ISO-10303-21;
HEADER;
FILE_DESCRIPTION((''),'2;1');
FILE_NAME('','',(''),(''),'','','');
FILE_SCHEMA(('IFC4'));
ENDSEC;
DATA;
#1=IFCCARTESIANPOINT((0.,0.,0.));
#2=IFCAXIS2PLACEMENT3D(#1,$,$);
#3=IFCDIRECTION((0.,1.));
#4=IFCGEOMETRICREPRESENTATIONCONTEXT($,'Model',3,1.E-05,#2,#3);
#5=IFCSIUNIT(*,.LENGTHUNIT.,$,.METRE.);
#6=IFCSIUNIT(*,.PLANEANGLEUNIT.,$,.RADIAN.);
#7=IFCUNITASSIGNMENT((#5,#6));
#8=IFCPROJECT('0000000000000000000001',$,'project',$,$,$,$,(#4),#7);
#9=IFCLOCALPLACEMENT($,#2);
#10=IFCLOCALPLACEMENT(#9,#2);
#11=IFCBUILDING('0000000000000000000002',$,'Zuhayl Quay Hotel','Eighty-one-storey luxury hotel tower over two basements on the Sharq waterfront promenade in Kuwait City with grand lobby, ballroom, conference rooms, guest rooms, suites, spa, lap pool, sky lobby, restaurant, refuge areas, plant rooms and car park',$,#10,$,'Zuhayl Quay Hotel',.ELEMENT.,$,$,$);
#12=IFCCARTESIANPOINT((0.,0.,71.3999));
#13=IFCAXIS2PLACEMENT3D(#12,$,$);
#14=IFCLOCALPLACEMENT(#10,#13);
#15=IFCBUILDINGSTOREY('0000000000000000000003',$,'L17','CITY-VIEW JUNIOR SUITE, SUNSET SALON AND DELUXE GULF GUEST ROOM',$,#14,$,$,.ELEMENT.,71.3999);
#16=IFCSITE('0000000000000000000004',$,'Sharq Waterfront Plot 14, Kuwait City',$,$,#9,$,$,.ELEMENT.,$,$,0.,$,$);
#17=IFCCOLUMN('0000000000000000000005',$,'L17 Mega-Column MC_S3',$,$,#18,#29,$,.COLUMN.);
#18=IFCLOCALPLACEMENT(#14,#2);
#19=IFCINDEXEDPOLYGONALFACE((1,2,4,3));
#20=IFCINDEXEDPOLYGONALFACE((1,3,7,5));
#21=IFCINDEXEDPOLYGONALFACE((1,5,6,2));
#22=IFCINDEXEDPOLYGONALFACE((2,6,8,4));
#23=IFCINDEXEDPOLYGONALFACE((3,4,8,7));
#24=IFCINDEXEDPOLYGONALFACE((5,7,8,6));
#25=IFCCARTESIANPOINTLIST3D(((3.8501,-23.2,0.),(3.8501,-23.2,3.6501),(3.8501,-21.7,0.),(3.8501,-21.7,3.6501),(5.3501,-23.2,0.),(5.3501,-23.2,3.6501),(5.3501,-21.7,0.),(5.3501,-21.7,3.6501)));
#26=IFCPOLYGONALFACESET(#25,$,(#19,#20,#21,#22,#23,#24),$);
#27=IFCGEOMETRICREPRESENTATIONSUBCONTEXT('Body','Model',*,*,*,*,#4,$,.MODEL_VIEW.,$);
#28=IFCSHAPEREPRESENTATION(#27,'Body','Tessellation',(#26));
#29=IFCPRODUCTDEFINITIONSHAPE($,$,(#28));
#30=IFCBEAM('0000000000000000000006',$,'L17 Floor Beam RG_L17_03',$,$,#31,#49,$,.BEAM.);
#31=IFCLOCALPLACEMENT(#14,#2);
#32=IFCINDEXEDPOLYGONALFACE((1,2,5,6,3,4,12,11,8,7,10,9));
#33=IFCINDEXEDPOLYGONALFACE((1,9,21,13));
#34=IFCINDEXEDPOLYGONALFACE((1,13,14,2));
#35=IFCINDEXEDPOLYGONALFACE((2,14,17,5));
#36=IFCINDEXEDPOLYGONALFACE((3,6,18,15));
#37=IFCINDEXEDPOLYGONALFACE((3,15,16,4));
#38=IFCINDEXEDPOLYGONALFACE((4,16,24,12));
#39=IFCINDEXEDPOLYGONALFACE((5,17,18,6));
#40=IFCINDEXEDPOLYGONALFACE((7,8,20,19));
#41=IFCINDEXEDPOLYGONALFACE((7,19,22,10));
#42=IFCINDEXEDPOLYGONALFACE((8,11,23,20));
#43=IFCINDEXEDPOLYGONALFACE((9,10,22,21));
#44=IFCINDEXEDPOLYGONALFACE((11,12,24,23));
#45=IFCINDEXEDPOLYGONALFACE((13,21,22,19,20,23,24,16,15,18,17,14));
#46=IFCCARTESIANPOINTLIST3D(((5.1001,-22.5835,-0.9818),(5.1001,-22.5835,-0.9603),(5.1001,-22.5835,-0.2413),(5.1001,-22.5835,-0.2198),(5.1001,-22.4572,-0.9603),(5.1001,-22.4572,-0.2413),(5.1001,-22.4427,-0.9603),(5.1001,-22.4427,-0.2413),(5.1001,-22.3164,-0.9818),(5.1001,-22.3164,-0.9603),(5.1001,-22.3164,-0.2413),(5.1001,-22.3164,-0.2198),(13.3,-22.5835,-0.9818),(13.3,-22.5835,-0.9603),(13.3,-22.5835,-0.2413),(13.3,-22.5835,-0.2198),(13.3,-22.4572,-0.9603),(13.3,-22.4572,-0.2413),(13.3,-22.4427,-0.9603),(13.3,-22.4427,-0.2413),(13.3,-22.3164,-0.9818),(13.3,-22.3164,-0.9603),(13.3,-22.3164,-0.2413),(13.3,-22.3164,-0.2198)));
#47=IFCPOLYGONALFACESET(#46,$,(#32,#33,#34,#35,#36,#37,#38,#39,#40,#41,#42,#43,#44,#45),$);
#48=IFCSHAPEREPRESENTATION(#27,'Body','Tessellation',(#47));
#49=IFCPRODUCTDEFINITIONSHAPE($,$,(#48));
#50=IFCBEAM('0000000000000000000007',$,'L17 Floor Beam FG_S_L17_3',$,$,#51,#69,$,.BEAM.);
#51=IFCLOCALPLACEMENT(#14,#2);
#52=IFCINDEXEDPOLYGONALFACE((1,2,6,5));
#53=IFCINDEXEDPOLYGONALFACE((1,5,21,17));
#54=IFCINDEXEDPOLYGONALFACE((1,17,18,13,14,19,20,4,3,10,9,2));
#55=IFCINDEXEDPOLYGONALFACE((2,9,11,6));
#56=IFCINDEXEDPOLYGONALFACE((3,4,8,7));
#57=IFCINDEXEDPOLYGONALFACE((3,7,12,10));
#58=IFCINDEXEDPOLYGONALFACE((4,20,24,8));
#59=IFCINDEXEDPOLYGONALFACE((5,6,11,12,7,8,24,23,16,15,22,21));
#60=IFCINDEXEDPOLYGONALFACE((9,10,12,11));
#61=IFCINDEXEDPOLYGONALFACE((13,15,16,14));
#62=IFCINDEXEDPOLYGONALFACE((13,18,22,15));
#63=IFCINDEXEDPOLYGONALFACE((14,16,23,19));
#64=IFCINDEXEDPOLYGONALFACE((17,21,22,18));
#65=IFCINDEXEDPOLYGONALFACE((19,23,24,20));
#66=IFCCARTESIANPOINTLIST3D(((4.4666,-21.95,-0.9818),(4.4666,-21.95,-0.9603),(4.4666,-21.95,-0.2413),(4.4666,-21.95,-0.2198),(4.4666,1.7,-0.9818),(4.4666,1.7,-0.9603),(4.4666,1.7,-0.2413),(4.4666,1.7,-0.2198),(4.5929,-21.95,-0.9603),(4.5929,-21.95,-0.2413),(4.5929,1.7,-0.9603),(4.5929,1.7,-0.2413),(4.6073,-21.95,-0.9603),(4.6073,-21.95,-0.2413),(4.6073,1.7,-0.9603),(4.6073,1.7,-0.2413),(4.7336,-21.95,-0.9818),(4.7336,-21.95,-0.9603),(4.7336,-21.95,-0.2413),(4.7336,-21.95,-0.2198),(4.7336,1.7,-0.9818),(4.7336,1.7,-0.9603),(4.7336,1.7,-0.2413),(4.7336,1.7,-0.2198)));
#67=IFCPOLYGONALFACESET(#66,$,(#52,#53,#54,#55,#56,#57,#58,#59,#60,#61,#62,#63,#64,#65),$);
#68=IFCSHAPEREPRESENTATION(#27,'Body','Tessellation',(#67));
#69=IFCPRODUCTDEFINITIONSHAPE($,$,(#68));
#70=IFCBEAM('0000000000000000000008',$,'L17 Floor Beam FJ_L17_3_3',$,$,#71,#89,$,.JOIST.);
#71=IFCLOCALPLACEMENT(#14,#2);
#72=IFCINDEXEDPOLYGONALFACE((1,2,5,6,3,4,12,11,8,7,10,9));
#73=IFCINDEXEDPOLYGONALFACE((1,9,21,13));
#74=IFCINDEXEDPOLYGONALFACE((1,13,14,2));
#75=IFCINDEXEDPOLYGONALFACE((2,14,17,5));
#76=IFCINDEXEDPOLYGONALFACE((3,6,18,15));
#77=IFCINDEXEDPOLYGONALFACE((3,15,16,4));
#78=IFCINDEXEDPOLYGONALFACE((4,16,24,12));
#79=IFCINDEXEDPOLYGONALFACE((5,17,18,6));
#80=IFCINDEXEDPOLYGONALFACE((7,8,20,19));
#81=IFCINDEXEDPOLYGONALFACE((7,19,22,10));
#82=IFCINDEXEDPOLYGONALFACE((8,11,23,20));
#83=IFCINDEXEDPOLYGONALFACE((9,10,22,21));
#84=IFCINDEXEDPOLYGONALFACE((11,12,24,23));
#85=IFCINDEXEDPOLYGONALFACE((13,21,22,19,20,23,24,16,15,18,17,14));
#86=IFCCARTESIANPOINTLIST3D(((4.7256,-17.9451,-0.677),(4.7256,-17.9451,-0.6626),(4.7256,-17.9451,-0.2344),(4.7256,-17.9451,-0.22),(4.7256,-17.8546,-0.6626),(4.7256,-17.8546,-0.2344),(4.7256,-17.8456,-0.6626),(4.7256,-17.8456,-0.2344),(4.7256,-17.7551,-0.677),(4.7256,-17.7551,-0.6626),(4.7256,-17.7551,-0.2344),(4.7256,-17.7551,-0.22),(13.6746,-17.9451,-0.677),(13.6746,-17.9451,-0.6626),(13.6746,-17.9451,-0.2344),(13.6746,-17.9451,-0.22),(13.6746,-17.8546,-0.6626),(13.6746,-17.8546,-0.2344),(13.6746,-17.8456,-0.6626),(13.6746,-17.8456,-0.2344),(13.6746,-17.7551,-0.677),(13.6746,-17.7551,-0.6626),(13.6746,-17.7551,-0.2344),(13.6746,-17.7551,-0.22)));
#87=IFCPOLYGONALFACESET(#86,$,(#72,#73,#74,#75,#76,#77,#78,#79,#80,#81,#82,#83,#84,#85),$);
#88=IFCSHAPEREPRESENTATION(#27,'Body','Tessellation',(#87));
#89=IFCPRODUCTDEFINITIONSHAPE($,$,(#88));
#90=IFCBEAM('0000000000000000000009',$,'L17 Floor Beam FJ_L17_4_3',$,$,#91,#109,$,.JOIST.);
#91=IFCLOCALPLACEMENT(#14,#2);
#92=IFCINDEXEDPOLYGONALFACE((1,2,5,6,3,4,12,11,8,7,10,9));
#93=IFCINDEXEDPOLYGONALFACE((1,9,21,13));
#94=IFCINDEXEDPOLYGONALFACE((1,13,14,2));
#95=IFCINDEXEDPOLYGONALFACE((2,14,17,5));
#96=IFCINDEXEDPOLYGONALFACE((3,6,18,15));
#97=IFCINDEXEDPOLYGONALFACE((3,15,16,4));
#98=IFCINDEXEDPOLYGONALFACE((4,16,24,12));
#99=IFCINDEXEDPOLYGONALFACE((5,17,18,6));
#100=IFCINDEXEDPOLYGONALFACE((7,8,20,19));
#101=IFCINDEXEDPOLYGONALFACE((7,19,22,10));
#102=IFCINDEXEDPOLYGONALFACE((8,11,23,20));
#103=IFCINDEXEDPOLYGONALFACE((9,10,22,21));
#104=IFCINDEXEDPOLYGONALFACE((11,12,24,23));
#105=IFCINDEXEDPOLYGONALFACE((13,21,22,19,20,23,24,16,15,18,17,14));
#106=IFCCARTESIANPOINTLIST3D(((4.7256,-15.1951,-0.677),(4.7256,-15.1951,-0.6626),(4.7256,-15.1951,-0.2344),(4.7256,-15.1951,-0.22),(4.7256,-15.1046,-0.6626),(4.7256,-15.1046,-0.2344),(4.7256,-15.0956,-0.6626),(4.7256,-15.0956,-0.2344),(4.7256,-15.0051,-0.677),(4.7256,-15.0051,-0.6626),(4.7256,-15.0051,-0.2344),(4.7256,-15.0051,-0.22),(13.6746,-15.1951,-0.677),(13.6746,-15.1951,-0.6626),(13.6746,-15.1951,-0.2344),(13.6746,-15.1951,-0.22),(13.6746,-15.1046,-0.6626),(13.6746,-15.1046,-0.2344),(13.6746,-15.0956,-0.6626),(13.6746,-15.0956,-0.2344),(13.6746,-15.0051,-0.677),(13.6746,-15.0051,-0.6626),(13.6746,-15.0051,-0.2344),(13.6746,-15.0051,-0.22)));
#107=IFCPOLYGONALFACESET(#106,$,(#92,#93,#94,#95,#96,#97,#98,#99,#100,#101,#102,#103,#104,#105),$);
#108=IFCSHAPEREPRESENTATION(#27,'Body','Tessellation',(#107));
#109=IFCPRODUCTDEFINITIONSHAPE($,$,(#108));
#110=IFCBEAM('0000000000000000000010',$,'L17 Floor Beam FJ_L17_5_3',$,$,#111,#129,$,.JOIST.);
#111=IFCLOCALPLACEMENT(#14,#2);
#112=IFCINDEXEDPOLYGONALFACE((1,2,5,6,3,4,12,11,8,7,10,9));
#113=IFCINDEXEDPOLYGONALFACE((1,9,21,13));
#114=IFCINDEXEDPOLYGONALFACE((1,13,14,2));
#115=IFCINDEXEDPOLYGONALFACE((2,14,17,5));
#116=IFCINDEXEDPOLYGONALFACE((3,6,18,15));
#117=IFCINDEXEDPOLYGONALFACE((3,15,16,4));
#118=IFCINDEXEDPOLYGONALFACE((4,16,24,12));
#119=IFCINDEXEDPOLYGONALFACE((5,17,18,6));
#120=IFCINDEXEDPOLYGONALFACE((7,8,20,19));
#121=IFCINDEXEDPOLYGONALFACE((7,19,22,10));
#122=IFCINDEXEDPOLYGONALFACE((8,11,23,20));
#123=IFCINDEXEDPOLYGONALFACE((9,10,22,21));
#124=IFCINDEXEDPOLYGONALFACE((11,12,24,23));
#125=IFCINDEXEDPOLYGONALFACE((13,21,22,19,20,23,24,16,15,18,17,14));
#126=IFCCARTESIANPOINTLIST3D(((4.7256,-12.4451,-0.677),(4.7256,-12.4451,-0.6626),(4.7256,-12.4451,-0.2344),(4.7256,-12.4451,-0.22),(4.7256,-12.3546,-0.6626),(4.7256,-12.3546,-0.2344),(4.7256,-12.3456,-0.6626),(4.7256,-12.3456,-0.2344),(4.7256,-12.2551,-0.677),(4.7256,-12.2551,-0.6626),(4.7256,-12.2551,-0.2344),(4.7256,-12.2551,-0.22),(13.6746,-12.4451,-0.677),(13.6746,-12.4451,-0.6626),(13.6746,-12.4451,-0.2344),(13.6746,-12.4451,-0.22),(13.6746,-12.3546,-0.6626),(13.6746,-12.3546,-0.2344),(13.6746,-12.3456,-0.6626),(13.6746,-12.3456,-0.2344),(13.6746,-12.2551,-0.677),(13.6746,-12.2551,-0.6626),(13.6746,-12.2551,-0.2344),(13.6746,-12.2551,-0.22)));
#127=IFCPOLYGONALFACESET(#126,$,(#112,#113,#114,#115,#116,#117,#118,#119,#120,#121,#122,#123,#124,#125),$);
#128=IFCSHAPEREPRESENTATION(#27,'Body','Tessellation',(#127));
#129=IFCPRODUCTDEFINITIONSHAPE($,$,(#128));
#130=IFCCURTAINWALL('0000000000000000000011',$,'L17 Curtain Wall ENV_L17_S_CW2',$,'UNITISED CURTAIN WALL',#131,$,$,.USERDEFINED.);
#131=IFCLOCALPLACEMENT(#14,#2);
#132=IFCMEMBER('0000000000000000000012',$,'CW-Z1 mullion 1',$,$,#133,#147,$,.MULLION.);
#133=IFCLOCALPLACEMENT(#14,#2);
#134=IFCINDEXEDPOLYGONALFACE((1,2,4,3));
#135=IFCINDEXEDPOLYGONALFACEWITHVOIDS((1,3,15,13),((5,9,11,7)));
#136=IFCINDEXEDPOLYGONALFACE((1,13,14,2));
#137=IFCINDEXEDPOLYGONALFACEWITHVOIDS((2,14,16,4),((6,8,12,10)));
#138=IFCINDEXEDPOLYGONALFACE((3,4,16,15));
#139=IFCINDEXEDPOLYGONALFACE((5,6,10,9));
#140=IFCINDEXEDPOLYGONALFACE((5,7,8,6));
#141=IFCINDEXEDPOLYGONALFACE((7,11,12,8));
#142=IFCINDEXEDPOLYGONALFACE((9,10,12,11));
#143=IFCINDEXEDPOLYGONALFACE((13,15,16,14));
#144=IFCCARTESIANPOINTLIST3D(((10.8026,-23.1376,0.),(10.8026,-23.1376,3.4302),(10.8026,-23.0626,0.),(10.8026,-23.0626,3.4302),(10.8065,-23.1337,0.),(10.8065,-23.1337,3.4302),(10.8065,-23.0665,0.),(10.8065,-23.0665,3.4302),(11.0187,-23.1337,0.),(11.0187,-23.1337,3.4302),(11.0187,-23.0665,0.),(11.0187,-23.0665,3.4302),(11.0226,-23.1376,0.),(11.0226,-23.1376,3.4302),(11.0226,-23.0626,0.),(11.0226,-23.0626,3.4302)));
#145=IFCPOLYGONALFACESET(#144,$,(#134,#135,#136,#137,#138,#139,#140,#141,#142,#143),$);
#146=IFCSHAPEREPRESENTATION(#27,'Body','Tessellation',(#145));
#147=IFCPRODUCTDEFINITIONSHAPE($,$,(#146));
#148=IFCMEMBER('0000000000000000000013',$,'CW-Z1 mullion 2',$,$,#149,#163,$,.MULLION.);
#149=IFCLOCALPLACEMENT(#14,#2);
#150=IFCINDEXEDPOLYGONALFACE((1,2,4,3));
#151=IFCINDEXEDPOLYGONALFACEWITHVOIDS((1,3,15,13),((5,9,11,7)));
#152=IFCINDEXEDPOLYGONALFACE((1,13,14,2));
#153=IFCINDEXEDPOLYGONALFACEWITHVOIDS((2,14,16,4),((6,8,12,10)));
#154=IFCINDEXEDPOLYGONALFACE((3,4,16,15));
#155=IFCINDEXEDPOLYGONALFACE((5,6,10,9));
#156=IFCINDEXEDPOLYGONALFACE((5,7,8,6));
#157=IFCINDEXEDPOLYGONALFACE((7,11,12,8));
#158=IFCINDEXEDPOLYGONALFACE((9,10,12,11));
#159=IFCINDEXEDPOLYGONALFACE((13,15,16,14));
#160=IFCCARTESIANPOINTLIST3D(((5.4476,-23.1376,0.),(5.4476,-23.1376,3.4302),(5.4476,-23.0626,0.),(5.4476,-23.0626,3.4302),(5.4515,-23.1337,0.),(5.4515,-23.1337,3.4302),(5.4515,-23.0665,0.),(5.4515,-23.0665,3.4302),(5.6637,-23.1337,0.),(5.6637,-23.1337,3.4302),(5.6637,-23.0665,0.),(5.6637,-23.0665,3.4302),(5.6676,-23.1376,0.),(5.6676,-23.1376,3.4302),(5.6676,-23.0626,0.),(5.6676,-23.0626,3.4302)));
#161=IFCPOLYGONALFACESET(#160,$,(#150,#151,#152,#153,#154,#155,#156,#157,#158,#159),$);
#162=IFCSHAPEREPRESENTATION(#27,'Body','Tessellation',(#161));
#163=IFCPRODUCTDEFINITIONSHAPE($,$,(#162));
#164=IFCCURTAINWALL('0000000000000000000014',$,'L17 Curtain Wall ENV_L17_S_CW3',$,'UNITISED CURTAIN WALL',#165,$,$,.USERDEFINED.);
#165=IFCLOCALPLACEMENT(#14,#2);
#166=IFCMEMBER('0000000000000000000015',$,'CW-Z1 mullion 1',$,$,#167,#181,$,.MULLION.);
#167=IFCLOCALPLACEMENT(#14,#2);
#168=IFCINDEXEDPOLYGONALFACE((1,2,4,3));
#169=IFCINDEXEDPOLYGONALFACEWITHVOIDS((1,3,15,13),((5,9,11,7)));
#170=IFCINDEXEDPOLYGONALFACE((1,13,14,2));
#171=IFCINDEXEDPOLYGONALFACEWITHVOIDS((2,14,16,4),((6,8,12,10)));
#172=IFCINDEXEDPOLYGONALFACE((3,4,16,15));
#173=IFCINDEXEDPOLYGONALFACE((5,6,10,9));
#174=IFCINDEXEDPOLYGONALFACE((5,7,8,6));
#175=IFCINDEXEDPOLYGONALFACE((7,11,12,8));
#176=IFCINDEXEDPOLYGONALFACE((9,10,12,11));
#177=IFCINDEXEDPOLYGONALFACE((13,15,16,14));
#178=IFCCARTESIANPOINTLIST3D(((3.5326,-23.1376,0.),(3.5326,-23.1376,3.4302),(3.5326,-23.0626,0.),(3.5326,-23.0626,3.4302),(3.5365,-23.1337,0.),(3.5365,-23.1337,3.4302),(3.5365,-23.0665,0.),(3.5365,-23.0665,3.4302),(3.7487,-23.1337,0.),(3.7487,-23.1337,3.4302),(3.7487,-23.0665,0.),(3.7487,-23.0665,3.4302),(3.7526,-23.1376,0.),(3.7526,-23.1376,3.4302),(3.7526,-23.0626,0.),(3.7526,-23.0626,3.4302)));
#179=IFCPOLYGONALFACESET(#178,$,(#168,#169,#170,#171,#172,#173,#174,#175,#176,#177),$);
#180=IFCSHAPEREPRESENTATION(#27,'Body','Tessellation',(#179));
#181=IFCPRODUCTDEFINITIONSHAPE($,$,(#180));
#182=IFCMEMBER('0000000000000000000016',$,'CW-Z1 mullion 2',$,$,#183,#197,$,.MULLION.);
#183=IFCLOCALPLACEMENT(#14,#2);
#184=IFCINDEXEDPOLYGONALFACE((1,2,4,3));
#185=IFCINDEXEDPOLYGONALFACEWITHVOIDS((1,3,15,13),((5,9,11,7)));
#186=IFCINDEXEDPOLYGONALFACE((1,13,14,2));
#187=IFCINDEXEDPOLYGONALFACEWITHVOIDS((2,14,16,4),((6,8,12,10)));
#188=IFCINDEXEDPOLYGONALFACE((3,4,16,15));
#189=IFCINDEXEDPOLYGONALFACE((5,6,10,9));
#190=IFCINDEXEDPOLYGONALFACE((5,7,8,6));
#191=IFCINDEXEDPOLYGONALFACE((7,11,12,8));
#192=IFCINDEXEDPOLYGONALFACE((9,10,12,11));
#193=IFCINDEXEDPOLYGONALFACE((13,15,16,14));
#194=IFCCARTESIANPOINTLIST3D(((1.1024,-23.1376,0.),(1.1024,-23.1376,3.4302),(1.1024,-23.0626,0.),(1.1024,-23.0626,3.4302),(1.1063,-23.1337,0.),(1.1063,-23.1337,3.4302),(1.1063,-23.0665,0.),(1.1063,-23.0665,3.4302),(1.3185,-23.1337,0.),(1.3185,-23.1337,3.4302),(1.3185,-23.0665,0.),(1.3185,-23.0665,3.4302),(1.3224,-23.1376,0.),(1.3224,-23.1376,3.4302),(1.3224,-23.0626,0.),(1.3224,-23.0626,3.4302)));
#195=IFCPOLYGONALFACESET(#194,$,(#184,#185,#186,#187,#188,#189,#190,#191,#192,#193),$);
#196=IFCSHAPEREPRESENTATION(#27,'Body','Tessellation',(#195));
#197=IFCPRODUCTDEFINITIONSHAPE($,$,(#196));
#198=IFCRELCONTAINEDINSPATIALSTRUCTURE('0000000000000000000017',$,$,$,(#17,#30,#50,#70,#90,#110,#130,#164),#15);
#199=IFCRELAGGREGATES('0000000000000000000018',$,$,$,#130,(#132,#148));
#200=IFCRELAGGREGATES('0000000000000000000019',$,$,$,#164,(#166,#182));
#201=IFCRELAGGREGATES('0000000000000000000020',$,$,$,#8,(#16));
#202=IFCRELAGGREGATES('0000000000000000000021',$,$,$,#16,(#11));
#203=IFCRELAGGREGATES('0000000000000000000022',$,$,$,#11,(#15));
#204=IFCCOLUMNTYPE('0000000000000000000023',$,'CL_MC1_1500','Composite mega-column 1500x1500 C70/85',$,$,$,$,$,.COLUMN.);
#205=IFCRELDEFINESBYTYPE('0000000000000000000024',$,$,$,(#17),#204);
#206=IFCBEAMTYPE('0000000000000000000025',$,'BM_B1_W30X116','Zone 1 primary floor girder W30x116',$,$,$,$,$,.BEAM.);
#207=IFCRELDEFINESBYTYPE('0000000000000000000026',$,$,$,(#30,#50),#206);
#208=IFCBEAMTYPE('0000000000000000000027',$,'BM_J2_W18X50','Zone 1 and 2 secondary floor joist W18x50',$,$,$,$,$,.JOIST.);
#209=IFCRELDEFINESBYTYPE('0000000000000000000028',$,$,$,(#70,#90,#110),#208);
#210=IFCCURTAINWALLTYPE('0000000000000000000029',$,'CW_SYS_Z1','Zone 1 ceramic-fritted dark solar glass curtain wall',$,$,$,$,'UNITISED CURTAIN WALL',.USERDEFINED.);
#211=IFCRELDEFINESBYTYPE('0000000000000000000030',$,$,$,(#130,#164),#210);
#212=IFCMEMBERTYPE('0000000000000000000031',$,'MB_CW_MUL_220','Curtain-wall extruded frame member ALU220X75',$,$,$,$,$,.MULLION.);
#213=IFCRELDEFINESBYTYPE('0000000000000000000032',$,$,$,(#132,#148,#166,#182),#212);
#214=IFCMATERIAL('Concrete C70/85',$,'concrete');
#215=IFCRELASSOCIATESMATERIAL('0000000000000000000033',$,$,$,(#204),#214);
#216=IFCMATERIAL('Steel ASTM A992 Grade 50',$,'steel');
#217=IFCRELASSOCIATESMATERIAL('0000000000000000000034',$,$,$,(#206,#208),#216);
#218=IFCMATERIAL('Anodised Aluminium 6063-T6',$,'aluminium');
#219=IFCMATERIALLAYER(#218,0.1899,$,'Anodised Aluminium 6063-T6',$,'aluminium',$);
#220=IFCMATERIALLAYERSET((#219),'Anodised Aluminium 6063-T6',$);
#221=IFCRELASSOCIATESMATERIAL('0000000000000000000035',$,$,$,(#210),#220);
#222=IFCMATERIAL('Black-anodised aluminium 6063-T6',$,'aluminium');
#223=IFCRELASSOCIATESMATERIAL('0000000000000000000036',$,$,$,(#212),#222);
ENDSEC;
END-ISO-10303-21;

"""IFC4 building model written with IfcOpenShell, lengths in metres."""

from ifc_helpers import new_model, si_unit, direction, frame, origin, origin_2d, place, context, subcontext, project, spatial, rectangle, hollow_rectangle, i_section, extrude, material, layer, layer_set, material_profile, profile_set, type_object, element, aggregate, save


model = new_model("IFC4")

# Units and contexts
model_context = context("Model", 3, precision=1e-05, world=origin(), true_north=direction((0.0, 1.0)))
body_context = subcontext(model_context, "Body", "Model", "MODEL_VIEW")
ifc_project = project(units=[si_unit("LENGTHUNIT", "METRE"), si_unit("PLANEANGLEUNIT", "RADIAN")], contexts=[model_context])

# Site, building, storey
site_placement = place(None, origin())
site = spatial("IfcSite", under=ifc_project, at=site_placement, Name="Sharq Waterfront Plot 14, Kuwait City", CompositionType="ELEMENT", RefElevation=0.0)
building_placement = place(site_placement, origin())
building = spatial("IfcBuilding", under=site, at=building_placement, Name="Zuhayl Quay Hotel", Description="Eighty-one-storey luxury hotel tower over two basements on the Sharq waterfront promenade in Kuwait City with grand lobby, ballroom, conference rooms, guest rooms, suites, spa, lap pool, sky lobby, restaurant, refuge areas, plant rooms and car park", LongName="Zuhayl Quay Hotel", CompositionType="ELEMENT")
storey_placement = place(building_placement, frame((0.0, 0.0, 71.3999)))
storey = spatial("IfcBuildingStorey", under=building, at=storey_placement, Name="L17", Description="CITY-VIEW JUNIOR SUITE, SUNSET SALON AND DELUXE GULF GUEST ROOM", CompositionType="ELEMENT", Elevation=71.3999)

# Column
ifc_material_1 = material(Name="Concrete C70/85", Category="concrete")
ifc_material_profile_1 = material_profile(ifc_material_1, rectangle(XDim=1.5, YDim=1.5, at=origin_2d()), Name="RC1500X1500")
ifc_profile_set_1 = profile_set([ifc_material_profile_1], Name="Concrete C70/85")
column_type = type_object("IfcColumnType", Name="CL_MC1_1500", Description="Composite mega-column 1500x1500 C70/85", PredefinedType="COLUMN", material=ifc_profile_set_1)
column_placement = place(storey_placement, frame((4.6001, -22.45, 0.0), z_axis=(0.0, 0.0, 1.0), x_axis=(1.0, 0.0, 0.0)))
element("IfcColumn", 1, at=column_placement, inside=storey, type_object=column_type, Name="L17 Mega-Column MC_S3", PredefinedType="COLUMN", context=body_context, shape_type="SweptSolid", body=[
    extrude(rectangle(XDim=1.5, YDim=1.5, at=origin_2d()), origin(), (0.0, 0.0, 1.0), 3.6501),
])

# Beams
ifc_material_2 = material(Name="Steel ASTM A992 Grade 50", Category="steel")
ifc_material_profile_2 = material_profile(ifc_material_2, i_section(OverallWidth=0.2671, OverallDepth=0.762, WebThickness=0.0144, FlangeThickness=0.0215, at=origin_2d()), Name="W30X116")
ifc_profile_set_2 = profile_set([ifc_material_profile_2], Name="Steel ASTM A992 Grade 50")
beam_type_1 = type_object("IfcBeamType", Name="BM_B1_W30X116", Description="Zone 1 primary floor girder W30x116", PredefinedType="BEAM", material=ifc_profile_set_2)
beam_1_placement = place(storey_placement, frame((5.1001, -22.45, -0.6008), z_axis=(1.0, 0.0, 0.0), x_axis=(0.0, 1.0, 0.0)))
element("IfcBeam", 2, at=beam_1_placement, inside=storey, type_object=beam_type_1, Name="L17 Floor Beam RG_L17_03", PredefinedType="BEAM", context=body_context, shape_type="SweptSolid", body=[
    extrude(i_section(OverallWidth=0.2671, OverallDepth=0.762, WebThickness=0.0144, FlangeThickness=0.0215, at=origin_2d()), origin(), (0.0, 0.0, 1.0), 8.2),
])
beam_2_placement = place(storey_placement, frame((4.6001, -21.95, -0.6008), z_axis=(0.0, 1.0, 0.0), x_axis=(-1.0, 0.0, 0.0)))
element("IfcBeam", 3, at=beam_2_placement, inside=storey, type_object=beam_type_1, Name="L17 Floor Beam FG_S_L17_3", PredefinedType="BEAM", context=body_context, shape_type="SweptSolid", body=[
    extrude(i_section(OverallWidth=0.2671, OverallDepth=0.762, WebThickness=0.0144, FlangeThickness=0.0215, at=origin_2d()), origin(), (0.0, 0.0, 1.0), 23.6499),
])
ifc_material_profile_3 = material_profile(ifc_material_2, i_section(OverallWidth=0.1899, OverallDepth=0.457, WebThickness=0.009, FlangeThickness=0.0144, at=origin_2d()), Name="W18X50")
ifc_profile_set_3 = profile_set([ifc_material_profile_3], Name="Steel ASTM A992 Grade 50")
beam_type_2 = type_object("IfcBeamType", Name="BM_J2_W18X50", Description="Zone 1 and 2 secondary floor joist W18x50", PredefinedType="JOIST", material=ifc_profile_set_3)
for number, where, z_axis, x_axis, name in (
    (4, (4.7256, -17.8501, -0.4485), (1.0, 0.0, 0.0), (0.0, 1.0, 0.0), "L17 Floor Beam FJ_L17_3_3"),
    (5, (4.7256, -15.1001, -0.4485), (1.0, 0.0, 0.0), (0.0, 1.0, 0.0), "L17 Floor Beam FJ_L17_4_3"),
    (6, (4.7256, -12.3501, -0.4485), (1.0, 0.0, 0.0), (0.0, 1.0, 0.0), "L17 Floor Beam FJ_L17_5_3"),
):
    element("IfcBeam", number, at=place(storey_placement, frame(where, z_axis=z_axis, x_axis=x_axis)), inside=storey, type_object=beam_type_2, Name=name, PredefinedType="JOIST", context=body_context, shape_type="SweptSolid", body=[
        extrude(i_section(OverallWidth=0.1899, OverallDepth=0.457, WebThickness=0.009, FlangeThickness=0.0144, at=origin_2d()), origin(), (0.0, 0.0, 1.0), 8.949),
    ])

# Curtain walls, members
ifc_material_3 = material(Name="Anodised Aluminium 6063-T6", Category="aluminium")
ifc_layer_1 = layer(ifc_material_3, 0.1899, Name="Anodised Aluminium 6063-T6", Category="aluminium")
ifc_layer_set_1 = layer_set([ifc_layer_1], Name="Anodised Aluminium 6063-T6")
curtain_wall_type = type_object("IfcCurtainWallType", Name="CW_SYS_Z1", Description="Zone 1 ceramic-fritted dark solar glass curtain wall", ElementType="UNITISED CURTAIN WALL", PredefinedType="USERDEFINED", material=ifc_layer_set_1)
curtain_wall_1_placement = place(storey_placement, origin())
curtain_wall_1 = element("IfcCurtainWall", 7, at=curtain_wall_1_placement, inside=storey, type_object=curtain_wall_type, Name="L17 Curtain Wall ENV_L17_S_CW2", ObjectType="UNITISED CURTAIN WALL", PredefinedType="USERDEFINED")
ifc_material_4 = material(Name="Black-anodised aluminium 6063-T6", Category="aluminium")
ifc_material_profile_4 = material_profile(ifc_material_4, hollow_rectangle(XDim=0.075, YDim=0.22, WallThickness=0.0039, at=origin_2d()), Name="ALU220X75")
ifc_profile_set_4 = profile_set([ifc_material_profile_4], Name="Black-anodised aluminium 6063-T6")
member_type_1 = type_object("IfcMemberType", Name="MB_CW_MUL_220", Description="Curtain-wall extruded frame member ALU220X75", PredefinedType="MULLION", material=ifc_profile_set_4)
member_1_placement = place(storey_placement, frame((10.9126, -23.1001, 0.0), z_axis=(0.0, 0.0, 1.0), x_axis=(0.0, -1.0, 0.0)))
member_1 = element("IfcMember", 8, at=member_1_placement, type_object=member_type_1, Name="CW-Z1 mullion 1", PredefinedType="MULLION", context=body_context, shape_type="SweptSolid", body=[
    extrude(hollow_rectangle(XDim=0.075, YDim=0.22, WallThickness=0.0039, at=origin_2d()), origin(), (0.0, 0.0, 1.0), 3.4302),
])
member_2_placement = place(storey_placement, frame((5.5576, -23.1001, 0.0), z_axis=(0.0, 0.0, 1.0), x_axis=(0.0, -1.0, 0.0)))
member_2 = element("IfcMember", 9, at=member_2_placement, type_object=member_type_1, Name="CW-Z1 mullion 2", PredefinedType="MULLION", context=body_context, shape_type="SweptSolid", body=[
    extrude(hollow_rectangle(XDim=0.075, YDim=0.22, WallThickness=0.0039, at=origin_2d()), origin(), (0.0, 0.0, 1.0), 3.4302),
])
curtain_wall_2_placement = place(storey_placement, origin())
curtain_wall_2 = element("IfcCurtainWall", 10, at=curtain_wall_2_placement, inside=storey, type_object=curtain_wall_type, Name="L17 Curtain Wall ENV_L17_S_CW3", ObjectType="UNITISED CURTAIN WALL", PredefinedType="USERDEFINED")
member_3_placement = place(storey_placement, frame((3.6426, -23.1001, 0.0), z_axis=(0.0, 0.0, 1.0), x_axis=(0.0, -1.0, 0.0)))
member_3 = element("IfcMember", 11, at=member_3_placement, type_object=member_type_1, Name="CW-Z1 mullion 1", PredefinedType="MULLION", context=body_context, shape_type="SweptSolid", body=[
    extrude(hollow_rectangle(XDim=0.075, YDim=0.22, WallThickness=0.0039, at=origin_2d()), origin(), (0.0, 0.0, 1.0), 3.4302),
])
member_4_placement = place(storey_placement, frame((1.2124, -23.1001, 0.0), z_axis=(0.0, 0.0, 1.0), x_axis=(0.0, -1.0, 0.0)))
member_4 = element("IfcMember", 12, at=member_4_placement, type_object=member_type_1, Name="CW-Z1 mullion 2", PredefinedType="MULLION", context=body_context, shape_type="SweptSolid", body=[
    extrude(hollow_rectangle(XDim=0.075, YDim=0.22, WallThickness=0.0039, at=origin_2d()), origin(), (0.0, 0.0, 1.0), 3.4302),
])

aggregate(curtain_wall_1, [member_1, member_2])
aggregate(curtain_wall_2, [member_3, member_4])

save(model, "model.ifc")
